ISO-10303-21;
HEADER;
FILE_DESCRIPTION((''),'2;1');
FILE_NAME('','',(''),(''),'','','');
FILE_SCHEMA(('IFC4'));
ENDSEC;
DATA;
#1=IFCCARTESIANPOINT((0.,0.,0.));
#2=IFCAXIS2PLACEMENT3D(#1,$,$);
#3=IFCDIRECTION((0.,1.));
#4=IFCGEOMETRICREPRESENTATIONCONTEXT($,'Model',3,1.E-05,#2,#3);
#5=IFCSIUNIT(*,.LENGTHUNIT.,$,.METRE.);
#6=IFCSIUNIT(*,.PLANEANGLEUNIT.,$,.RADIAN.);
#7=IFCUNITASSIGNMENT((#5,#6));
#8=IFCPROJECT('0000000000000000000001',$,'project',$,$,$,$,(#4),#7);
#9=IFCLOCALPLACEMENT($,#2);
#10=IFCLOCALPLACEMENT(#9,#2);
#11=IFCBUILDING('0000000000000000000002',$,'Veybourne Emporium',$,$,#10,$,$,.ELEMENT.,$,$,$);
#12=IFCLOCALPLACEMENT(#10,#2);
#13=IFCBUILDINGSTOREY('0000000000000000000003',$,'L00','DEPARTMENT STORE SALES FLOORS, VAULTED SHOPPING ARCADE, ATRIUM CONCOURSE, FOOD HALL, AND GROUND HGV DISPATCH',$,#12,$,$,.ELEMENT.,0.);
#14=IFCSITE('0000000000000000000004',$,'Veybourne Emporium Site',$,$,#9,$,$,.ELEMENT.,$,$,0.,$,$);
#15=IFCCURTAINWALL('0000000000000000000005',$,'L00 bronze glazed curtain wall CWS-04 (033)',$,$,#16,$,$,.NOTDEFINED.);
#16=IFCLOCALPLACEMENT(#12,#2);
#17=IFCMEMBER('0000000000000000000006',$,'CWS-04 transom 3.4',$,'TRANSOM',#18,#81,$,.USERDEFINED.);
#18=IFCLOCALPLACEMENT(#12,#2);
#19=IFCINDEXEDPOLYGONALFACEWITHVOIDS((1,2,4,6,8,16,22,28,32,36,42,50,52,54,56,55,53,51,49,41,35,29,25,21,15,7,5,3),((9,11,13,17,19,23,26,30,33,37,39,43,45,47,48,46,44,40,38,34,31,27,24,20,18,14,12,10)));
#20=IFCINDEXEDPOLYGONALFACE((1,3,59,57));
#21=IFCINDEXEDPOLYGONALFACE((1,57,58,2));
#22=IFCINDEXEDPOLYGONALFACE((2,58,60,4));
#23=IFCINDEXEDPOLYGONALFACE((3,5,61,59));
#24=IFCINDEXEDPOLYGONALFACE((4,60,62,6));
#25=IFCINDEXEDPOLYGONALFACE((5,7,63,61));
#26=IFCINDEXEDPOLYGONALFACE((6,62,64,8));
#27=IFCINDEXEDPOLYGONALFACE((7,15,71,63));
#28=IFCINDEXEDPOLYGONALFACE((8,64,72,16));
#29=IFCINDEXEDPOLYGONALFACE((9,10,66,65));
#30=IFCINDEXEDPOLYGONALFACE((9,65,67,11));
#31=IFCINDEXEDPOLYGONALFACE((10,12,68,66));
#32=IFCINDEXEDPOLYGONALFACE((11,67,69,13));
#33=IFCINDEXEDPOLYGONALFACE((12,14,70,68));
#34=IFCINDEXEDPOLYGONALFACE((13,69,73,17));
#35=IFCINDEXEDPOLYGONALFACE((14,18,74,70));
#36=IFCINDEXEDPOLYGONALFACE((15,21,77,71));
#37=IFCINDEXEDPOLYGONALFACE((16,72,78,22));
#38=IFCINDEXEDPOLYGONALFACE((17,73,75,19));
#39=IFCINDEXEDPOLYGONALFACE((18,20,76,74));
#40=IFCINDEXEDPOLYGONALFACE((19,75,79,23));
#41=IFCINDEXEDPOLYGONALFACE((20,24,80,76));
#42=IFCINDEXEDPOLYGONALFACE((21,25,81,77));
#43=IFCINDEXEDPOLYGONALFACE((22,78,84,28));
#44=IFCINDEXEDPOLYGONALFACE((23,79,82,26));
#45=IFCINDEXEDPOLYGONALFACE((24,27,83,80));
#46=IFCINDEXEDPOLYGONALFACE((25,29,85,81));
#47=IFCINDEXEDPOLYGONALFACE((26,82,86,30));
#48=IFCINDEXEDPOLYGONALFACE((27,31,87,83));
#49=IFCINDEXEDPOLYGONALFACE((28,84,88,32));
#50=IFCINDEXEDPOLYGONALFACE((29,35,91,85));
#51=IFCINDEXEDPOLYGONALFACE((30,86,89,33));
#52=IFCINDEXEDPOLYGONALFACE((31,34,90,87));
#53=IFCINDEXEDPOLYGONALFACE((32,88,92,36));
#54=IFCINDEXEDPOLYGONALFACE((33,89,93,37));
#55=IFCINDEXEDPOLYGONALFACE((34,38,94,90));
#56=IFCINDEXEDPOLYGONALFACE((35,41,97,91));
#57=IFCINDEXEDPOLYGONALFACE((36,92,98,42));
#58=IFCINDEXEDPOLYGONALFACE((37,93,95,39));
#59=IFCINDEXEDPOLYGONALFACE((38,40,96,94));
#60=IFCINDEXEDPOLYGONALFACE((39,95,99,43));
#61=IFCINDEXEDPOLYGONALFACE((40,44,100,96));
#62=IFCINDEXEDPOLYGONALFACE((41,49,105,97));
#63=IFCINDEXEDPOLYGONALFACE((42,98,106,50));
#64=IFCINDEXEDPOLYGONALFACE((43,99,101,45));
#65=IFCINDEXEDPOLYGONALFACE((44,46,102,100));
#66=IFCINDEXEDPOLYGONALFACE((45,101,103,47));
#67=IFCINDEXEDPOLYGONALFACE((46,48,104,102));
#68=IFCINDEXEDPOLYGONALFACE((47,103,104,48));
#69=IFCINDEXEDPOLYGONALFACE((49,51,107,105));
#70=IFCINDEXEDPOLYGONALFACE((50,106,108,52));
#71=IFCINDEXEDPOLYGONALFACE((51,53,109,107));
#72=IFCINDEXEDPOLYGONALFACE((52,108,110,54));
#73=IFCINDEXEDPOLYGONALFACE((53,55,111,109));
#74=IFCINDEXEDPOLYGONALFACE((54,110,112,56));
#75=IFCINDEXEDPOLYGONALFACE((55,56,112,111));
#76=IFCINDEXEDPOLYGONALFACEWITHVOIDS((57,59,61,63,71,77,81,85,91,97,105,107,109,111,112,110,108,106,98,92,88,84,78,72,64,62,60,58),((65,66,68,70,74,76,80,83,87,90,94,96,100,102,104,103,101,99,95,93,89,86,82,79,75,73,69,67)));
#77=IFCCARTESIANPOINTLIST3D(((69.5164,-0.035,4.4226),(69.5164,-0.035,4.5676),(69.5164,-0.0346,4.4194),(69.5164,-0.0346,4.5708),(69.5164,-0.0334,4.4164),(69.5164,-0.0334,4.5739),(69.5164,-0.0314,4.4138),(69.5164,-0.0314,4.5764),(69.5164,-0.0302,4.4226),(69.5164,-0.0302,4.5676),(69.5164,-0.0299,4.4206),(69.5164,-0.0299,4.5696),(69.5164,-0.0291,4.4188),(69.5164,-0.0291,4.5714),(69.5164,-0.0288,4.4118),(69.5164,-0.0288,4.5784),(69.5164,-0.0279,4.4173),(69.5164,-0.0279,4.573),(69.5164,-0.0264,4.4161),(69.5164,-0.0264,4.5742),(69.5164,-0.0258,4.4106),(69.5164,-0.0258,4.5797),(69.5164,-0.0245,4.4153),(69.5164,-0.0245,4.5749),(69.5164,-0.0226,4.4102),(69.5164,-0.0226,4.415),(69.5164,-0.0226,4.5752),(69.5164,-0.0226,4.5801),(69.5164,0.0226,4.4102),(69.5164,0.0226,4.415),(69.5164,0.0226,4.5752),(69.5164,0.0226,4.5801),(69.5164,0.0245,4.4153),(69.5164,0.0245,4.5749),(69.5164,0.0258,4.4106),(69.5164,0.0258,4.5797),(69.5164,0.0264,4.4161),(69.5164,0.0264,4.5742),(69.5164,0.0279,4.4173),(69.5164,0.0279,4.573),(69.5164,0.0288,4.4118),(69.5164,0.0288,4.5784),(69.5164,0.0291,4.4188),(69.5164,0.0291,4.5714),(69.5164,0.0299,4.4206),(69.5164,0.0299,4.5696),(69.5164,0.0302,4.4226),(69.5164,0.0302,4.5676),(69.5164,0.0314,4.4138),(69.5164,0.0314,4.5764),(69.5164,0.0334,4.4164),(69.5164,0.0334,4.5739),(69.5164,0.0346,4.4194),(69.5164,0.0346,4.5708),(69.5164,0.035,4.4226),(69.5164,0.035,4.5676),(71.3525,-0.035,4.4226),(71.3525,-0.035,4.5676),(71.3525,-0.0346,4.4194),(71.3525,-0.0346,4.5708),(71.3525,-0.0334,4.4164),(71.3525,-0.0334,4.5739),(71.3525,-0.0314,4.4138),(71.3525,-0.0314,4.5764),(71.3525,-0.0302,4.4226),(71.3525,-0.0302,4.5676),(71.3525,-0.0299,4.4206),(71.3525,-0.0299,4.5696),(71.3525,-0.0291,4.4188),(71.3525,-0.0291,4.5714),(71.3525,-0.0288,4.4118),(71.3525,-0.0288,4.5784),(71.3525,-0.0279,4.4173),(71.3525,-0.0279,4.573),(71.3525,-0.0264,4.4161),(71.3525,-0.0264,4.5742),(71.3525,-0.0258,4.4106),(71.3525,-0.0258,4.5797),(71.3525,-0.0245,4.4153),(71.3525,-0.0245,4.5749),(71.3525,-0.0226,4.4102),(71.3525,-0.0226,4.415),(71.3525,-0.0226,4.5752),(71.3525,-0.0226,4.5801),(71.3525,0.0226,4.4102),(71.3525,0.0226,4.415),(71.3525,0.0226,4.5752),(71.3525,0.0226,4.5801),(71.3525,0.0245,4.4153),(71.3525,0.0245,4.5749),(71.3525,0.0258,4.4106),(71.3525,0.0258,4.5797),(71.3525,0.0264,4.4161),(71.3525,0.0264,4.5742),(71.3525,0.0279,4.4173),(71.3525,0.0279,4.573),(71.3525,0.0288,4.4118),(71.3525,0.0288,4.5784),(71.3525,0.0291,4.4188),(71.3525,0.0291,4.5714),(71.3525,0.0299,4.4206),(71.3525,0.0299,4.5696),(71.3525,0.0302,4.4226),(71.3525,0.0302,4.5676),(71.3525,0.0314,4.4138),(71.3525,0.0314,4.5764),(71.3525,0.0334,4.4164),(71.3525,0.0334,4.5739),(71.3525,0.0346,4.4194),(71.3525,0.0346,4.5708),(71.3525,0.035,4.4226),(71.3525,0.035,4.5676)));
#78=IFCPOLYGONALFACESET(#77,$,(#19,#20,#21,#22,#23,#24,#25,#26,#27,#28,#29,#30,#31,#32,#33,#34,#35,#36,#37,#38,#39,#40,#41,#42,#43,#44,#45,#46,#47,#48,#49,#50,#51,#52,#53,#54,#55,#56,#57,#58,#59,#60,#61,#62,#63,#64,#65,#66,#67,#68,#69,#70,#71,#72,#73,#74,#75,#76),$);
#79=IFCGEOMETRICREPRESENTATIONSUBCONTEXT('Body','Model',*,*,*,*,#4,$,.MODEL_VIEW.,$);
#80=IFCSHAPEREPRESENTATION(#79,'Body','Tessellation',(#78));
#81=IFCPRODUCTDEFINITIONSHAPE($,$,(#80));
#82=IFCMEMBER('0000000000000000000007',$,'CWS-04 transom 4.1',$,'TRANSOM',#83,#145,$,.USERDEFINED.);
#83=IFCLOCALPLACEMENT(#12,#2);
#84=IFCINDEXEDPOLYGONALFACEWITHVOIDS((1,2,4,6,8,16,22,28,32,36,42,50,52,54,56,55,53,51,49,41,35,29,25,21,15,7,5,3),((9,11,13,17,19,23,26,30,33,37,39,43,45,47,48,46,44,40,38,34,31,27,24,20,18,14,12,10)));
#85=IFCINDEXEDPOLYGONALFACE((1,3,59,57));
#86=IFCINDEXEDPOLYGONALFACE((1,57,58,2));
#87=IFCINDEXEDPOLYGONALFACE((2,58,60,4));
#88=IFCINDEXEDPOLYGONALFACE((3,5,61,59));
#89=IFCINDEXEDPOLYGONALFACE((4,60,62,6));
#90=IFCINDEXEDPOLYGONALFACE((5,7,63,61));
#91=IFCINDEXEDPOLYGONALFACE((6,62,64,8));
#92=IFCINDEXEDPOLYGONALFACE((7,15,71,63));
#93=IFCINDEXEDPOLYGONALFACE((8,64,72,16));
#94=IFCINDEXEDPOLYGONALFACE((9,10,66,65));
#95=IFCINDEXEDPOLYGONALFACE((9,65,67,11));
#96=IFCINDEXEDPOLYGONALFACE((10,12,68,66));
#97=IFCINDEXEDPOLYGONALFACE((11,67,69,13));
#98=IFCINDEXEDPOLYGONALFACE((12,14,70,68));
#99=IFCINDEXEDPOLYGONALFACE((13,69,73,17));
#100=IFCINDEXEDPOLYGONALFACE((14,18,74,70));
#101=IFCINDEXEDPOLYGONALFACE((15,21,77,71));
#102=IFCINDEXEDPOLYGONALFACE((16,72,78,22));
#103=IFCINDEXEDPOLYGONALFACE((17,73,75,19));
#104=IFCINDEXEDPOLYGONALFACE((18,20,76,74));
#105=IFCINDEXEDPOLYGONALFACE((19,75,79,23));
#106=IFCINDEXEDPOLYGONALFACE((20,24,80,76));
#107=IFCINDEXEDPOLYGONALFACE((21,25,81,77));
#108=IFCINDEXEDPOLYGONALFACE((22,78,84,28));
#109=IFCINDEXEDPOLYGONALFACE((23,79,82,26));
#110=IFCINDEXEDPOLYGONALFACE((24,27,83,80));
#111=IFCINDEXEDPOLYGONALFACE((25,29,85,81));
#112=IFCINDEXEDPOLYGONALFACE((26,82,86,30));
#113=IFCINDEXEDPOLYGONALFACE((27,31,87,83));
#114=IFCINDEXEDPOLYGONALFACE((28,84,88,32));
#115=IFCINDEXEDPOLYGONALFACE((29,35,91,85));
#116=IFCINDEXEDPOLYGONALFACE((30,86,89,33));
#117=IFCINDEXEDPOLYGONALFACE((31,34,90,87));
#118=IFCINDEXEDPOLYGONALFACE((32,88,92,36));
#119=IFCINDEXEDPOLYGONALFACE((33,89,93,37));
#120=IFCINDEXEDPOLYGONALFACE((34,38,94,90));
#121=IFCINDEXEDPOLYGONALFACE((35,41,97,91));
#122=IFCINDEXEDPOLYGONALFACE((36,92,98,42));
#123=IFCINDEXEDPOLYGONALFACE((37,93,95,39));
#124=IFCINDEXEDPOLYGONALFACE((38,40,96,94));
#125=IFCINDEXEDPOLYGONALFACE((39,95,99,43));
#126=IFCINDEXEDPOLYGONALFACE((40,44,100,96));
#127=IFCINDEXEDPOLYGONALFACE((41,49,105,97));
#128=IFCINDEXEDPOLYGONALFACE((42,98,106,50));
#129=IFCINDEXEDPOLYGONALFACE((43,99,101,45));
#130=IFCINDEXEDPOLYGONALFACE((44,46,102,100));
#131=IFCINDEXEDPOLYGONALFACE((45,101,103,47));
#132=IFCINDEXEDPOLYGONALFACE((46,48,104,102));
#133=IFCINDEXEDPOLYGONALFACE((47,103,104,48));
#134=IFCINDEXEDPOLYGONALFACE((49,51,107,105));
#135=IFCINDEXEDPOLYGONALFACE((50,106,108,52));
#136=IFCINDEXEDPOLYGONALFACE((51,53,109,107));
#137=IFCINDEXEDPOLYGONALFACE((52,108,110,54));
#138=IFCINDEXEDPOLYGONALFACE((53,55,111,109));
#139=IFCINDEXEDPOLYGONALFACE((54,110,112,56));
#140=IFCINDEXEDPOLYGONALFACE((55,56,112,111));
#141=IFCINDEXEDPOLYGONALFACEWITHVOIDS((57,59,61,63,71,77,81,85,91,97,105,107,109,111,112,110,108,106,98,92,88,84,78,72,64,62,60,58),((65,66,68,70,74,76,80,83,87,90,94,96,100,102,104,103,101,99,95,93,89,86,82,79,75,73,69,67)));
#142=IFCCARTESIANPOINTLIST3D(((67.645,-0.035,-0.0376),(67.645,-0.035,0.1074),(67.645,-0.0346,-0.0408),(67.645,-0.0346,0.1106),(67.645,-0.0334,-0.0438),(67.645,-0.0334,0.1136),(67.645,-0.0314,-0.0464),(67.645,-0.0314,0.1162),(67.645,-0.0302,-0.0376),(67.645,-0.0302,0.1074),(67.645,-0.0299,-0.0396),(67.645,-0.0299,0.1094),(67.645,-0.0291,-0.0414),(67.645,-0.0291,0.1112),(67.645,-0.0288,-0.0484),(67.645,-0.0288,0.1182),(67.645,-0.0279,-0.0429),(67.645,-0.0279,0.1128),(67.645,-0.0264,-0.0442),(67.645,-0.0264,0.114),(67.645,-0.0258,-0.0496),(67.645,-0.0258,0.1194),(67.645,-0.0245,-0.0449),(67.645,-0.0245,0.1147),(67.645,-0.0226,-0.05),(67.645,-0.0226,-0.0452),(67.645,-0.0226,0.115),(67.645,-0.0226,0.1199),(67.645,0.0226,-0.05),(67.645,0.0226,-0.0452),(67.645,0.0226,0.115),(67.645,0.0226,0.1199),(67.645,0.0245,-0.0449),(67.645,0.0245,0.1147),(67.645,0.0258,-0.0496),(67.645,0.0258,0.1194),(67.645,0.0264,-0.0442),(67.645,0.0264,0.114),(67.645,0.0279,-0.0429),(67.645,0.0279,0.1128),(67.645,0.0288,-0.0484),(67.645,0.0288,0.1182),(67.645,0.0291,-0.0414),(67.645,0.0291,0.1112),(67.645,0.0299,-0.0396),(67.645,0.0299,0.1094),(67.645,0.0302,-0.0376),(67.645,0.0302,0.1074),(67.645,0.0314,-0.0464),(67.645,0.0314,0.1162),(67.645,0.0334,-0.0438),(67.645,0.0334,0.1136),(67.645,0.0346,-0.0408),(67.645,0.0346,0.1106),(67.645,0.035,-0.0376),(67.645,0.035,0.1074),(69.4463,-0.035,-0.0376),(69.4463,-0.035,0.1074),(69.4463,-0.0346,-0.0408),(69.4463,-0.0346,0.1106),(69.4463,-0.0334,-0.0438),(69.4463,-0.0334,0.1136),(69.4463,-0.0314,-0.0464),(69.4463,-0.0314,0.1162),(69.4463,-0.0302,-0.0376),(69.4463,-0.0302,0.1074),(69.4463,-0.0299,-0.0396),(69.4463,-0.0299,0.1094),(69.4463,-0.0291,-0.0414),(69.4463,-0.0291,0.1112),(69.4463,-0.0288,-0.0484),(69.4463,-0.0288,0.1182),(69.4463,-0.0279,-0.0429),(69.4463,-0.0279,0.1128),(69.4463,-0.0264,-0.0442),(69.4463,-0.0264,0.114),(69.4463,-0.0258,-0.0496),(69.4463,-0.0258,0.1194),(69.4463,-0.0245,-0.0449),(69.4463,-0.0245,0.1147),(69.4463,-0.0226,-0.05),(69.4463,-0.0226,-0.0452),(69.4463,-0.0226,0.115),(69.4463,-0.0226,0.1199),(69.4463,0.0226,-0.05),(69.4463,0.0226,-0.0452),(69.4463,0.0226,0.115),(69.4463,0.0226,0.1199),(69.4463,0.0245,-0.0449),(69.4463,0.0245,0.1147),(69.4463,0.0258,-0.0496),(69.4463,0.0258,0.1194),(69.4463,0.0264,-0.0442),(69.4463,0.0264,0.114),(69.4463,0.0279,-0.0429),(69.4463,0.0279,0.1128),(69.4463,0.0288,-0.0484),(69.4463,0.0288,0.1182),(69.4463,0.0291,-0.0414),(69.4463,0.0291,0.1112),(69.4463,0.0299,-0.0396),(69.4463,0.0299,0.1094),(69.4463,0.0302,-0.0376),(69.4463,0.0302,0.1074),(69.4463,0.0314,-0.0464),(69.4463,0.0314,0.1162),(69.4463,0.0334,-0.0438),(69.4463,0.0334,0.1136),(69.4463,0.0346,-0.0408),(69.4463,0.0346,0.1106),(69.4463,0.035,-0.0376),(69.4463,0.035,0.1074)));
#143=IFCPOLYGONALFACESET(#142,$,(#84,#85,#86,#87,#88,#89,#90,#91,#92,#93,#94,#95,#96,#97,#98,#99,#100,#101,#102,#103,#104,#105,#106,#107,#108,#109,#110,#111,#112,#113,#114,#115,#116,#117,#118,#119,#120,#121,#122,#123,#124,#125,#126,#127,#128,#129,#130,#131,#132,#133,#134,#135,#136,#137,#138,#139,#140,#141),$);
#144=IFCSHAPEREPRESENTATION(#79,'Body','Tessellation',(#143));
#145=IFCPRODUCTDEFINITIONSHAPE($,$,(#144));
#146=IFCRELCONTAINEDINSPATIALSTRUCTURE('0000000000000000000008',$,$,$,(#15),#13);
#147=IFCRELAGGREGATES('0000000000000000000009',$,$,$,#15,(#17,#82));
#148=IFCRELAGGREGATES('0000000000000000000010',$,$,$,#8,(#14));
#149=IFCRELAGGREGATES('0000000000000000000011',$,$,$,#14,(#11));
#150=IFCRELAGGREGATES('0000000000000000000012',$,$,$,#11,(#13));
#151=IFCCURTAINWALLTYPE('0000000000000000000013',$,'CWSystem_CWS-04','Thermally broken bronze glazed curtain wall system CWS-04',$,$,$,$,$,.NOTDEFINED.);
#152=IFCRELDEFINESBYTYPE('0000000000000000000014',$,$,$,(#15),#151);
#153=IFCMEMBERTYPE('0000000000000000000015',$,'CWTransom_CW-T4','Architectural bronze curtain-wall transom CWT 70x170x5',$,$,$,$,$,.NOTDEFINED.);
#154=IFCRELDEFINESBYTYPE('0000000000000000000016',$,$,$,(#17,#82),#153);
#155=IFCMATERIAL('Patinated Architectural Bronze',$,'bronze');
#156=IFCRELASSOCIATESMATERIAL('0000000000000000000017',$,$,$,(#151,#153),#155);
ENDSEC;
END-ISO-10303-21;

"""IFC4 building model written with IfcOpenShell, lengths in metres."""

from ifc_helpers import new_model, si_unit, direction, frame, origin, origin_2d, place, context, subcontext, project, spatial, hollow_rectangle, extrude, material, material_profile, profile_set, type_object, element, aggregate, save


model = new_model("IFC4")

# Units and contexts
model_context = context("Model", 3, precision=1e-05, world=origin(), true_north=direction((0.0, 1.0)))
body_context = subcontext(model_context, "Body", "Model", "MODEL_VIEW")
ifc_project = project(units=[si_unit("LENGTHUNIT", "METRE"), si_unit("PLANEANGLEUNIT", "RADIAN")], contexts=[model_context])

# Site, building, storey
site_placement = place(None, origin())
site = spatial("IfcSite", under=ifc_project, at=site_placement, Name="Veybourne Emporium Site", CompositionType="ELEMENT", RefElevation=0.0)
building_placement = place(site_placement, origin())
building = spatial("IfcBuilding", under=site, at=building_placement, Name="Veybourne Emporium", CompositionType="ELEMENT")
storey_placement = place(building_placement, origin())
storey = spatial("IfcBuildingStorey", under=building, at=storey_placement, Name="L00", Description="DEPARTMENT STORE SALES FLOORS, VAULTED SHOPPING ARCADE, ATRIUM CONCOURSE, FOOD HALL, AND GROUND HGV DISPATCH", CompositionType="ELEMENT", Elevation=0.0)

# Curtain wall, members
ifc_material_1 = material(Name="Patinated Architectural Bronze", Category="bronze")
curtain_wall_type = type_object("IfcCurtainWallType", Name="CWSystem_CWS-04", Description="Thermally broken bronze glazed curtain wall system CWS-04", PredefinedType="NOTDEFINED", material=ifc_material_1)
curtain_wall_placement = place(storey_placement, origin())
curtain_wall = element("IfcCurtainWall", 1, at=curtain_wall_placement, inside=storey, type_object=curtain_wall_type, Name="L00 bronze glazed curtain wall CWS-04 (033)", PredefinedType="NOTDEFINED")
ifc_material_profile_1 = material_profile(ifc_material_1, hollow_rectangle(XDim=0.0701, YDim=0.1699, WallThickness=0.0049, InnerFilletRadius=0.0076, OuterFilletRadius=0.0125, at=origin_2d()), Name="CWT 70x170x5")
ifc_profile_set_1 = profile_set([ifc_material_profile_1], Name="Patinated Architectural Bronze")
member_type_1 = type_object("IfcMemberType", Name="CWTransom_CW-T4", Description="Architectural bronze curtain-wall transom CWT 70x170x5", PredefinedType="NOTDEFINED", material=ifc_profile_set_1)
member_1_placement = place(storey_placement, frame((71.3525, 0.0, 4.4951), z_axis=(-1.0, 0.0, 0.0), x_axis=(0.0, -1.0, 0.0)))
member_1 = element("IfcMember", 2, at=member_1_placement, type_object=member_type_1, Name="CWS-04 transom 3.4", ObjectType="TRANSOM", PredefinedType="USERDEFINED", context=body_context, shape_type="SweptSolid", body=[
    extrude(hollow_rectangle(XDim=0.0701, YDim=0.1699, WallThickness=0.0049, InnerFilletRadius=0.0076, OuterFilletRadius=0.0125, at=origin_2d()), origin(), (0.0, 0.0, 1.0), 1.8362),
])
member_2_placement = place(storey_placement, frame((69.4463, 0.0, 0.0349), z_axis=(-1.0, 0.0, 0.0), x_axis=(0.0, -1.0, 0.0)))
member_2 = element("IfcMember", 3, at=member_2_placement, type_object=member_type_1, Name="CWS-04 transom 4.1", ObjectType="TRANSOM", PredefinedType="USERDEFINED", context=body_context, shape_type="SweptSolid", body=[
    extrude(hollow_rectangle(XDim=0.0701, YDim=0.1699, WallThickness=0.0049, InnerFilletRadius=0.0076, OuterFilletRadius=0.0125, at=origin_2d()), origin(), (0.0, 0.0, 1.0), 1.8013),
])

aggregate(curtain_wall, [member_1, member_2])

save(model, "model.ifc")
